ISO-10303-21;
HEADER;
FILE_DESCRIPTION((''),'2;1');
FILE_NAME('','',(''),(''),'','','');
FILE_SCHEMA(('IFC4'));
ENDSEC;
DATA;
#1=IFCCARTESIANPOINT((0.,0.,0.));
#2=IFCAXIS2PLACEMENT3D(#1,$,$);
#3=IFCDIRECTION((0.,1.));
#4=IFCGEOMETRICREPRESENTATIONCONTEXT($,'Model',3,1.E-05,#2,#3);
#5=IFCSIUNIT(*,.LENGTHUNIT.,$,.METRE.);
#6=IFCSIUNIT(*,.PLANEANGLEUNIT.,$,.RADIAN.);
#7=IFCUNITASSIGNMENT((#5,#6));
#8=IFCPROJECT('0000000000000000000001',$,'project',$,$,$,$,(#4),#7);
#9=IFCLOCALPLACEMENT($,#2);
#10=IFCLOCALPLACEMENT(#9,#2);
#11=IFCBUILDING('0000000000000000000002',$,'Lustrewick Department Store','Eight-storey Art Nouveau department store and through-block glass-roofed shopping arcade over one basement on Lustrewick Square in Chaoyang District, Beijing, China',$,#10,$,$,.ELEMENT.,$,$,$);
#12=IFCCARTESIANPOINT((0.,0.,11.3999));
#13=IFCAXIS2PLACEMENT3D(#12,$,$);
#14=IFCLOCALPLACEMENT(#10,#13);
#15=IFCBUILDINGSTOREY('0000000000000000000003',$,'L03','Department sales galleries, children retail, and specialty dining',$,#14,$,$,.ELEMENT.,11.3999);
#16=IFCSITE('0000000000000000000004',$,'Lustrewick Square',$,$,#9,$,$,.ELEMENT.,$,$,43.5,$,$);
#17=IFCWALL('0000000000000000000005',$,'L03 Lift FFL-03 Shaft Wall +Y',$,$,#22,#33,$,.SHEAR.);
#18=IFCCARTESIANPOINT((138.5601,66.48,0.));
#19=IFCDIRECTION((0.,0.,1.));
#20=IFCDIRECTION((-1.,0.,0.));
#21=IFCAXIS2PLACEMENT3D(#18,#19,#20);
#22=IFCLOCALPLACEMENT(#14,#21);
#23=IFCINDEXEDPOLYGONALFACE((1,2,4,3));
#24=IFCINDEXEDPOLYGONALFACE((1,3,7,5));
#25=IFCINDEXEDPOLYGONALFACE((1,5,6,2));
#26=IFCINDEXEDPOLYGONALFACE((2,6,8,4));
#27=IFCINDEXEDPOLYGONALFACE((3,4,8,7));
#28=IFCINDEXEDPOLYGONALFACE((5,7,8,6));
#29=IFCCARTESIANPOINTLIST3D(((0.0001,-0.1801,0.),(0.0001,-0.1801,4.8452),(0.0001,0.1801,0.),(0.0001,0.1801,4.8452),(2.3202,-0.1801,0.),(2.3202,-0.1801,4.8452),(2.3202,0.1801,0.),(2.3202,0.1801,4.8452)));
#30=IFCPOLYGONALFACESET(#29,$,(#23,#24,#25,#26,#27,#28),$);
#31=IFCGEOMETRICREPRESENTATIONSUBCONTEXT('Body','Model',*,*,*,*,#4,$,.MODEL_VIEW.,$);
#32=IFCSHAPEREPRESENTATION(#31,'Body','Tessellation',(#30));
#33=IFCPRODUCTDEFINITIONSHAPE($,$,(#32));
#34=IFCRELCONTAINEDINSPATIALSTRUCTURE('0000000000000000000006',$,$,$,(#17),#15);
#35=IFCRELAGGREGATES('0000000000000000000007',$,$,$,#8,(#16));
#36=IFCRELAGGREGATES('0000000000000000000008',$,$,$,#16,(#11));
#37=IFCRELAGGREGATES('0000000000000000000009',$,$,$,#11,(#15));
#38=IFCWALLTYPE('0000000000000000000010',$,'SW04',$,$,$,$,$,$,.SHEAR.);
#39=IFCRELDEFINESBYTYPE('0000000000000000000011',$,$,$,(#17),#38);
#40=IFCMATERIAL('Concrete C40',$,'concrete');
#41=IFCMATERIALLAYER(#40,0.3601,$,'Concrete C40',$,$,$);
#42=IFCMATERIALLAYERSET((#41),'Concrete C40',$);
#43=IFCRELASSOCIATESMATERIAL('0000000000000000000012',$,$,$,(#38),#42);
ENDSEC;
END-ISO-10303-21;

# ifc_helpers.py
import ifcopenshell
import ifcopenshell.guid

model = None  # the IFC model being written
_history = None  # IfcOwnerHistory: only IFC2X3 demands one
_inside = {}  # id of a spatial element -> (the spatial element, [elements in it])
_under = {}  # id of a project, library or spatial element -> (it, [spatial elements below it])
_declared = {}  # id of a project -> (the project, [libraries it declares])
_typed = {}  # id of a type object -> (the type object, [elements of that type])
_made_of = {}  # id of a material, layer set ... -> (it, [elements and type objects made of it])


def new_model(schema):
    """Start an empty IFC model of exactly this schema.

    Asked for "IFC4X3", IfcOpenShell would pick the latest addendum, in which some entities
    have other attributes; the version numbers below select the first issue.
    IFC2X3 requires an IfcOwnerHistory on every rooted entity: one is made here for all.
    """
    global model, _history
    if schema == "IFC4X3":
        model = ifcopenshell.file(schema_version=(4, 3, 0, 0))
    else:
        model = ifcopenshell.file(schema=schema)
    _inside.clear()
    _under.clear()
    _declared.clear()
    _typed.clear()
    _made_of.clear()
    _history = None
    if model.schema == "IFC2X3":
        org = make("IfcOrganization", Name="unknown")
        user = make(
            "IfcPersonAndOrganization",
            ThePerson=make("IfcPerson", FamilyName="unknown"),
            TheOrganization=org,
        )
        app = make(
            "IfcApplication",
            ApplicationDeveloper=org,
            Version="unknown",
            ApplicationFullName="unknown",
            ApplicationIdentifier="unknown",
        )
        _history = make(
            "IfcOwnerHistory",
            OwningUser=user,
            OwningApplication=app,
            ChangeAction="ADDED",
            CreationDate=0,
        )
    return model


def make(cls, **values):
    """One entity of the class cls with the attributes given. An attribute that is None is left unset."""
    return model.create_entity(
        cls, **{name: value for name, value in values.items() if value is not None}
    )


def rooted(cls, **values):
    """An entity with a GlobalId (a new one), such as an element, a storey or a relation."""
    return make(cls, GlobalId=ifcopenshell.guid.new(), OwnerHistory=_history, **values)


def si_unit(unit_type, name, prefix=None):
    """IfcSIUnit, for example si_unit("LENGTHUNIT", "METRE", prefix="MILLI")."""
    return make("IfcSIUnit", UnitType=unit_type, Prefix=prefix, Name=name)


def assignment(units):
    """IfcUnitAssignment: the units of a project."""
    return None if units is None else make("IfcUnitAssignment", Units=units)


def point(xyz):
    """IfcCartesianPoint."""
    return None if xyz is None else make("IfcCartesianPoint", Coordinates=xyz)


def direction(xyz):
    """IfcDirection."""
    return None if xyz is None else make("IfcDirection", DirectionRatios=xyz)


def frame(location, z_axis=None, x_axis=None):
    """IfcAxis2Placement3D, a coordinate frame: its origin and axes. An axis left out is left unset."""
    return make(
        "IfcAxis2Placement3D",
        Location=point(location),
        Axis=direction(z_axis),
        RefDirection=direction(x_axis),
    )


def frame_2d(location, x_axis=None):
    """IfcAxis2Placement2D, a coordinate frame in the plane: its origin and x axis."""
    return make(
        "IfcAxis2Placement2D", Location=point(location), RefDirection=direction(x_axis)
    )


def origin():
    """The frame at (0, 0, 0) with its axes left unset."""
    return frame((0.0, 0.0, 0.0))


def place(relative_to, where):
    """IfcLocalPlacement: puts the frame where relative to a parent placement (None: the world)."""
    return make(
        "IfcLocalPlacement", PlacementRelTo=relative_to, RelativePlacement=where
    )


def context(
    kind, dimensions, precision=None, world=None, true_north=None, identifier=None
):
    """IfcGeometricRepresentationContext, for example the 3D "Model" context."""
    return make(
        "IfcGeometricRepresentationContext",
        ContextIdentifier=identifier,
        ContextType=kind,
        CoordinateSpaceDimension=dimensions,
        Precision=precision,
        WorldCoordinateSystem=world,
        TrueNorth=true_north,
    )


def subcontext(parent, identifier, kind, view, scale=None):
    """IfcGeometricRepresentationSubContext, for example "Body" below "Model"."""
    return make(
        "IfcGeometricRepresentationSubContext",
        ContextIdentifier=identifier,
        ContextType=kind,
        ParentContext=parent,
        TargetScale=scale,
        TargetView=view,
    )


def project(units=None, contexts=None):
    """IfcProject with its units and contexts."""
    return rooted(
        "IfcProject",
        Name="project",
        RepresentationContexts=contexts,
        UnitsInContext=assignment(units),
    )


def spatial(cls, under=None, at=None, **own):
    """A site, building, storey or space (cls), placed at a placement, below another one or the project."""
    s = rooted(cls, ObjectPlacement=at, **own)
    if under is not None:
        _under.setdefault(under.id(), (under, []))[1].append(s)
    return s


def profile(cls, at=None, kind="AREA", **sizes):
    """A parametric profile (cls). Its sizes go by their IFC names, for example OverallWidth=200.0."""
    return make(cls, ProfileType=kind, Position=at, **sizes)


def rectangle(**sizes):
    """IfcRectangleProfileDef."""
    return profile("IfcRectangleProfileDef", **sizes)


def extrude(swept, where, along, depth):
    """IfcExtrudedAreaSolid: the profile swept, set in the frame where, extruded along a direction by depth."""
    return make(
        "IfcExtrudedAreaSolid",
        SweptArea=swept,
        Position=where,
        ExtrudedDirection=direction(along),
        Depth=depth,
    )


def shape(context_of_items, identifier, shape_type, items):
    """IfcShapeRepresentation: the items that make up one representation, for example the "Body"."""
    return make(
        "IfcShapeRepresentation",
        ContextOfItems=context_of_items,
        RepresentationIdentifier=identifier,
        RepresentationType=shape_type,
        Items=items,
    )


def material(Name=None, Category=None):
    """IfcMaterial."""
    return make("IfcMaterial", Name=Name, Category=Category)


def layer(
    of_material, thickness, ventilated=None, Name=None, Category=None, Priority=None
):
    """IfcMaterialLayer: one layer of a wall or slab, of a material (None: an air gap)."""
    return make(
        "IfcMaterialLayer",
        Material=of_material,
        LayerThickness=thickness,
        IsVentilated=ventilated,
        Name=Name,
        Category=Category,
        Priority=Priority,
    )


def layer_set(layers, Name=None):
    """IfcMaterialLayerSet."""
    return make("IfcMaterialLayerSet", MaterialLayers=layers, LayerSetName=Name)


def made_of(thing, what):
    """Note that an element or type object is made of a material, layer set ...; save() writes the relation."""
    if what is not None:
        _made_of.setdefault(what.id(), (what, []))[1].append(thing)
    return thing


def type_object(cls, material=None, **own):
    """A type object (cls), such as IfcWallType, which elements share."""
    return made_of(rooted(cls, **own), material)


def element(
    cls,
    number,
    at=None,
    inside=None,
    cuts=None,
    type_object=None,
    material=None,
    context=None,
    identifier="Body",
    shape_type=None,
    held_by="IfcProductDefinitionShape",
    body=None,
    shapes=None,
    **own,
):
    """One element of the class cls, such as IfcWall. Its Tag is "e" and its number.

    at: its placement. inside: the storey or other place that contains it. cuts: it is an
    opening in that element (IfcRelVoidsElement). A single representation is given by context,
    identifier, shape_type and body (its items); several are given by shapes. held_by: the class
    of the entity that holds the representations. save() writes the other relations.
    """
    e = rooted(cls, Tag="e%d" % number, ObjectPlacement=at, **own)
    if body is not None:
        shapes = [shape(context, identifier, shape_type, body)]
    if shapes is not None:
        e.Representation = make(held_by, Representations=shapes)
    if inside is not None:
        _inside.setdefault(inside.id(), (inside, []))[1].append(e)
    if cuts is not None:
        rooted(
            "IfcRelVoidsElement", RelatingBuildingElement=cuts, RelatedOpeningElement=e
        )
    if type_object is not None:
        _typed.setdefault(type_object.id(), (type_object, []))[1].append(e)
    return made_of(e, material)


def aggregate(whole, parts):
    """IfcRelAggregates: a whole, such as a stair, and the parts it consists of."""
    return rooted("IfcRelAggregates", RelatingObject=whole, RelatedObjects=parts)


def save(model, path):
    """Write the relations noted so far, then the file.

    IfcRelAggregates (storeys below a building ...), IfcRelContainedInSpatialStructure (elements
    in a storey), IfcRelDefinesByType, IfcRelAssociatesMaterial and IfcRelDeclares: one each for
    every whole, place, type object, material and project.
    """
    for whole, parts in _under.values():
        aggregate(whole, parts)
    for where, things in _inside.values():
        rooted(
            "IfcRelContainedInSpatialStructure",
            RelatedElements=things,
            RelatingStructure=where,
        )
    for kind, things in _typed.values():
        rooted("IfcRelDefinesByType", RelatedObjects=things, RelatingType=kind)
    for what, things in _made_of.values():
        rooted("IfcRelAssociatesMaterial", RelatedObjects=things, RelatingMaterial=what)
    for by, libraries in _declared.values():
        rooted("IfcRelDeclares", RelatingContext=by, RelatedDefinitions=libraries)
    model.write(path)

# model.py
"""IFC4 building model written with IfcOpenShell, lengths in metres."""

from ifc_helpers import new_model, si_unit, direction, frame, frame_2d, origin, place, context, subcontext, project, spatial, rectangle, extrude, material, layer, layer_set, type_object, element, save


model = new_model("IFC4")

# Units and contexts
model_context = context("Model", 3, precision=1e-05, world=origin(), true_north=direction((0.0, 1.0)))
body_context = subcontext(model_context, "Body", "Model", "MODEL_VIEW")
ifc_project = project(units=[si_unit("LENGTHUNIT", "METRE"), si_unit("PLANEANGLEUNIT", "RADIAN")], contexts=[model_context])

# Site, building, storey
site_placement = place(None, origin())
site = spatial("IfcSite", under=ifc_project, at=site_placement, Name="Lustrewick Square", CompositionType="ELEMENT", RefElevation=43.5)
building_placement = place(site_placement, origin())
building = spatial("IfcBuilding", under=site, at=building_placement, Name="Lustrewick Department Store", Description="Eight-storey Art Nouveau department store and through-block glass-roofed shopping arcade over one basement on Lustrewick Square in Chaoyang District, Beijing, China", CompositionType="ELEMENT")
storey_placement = place(building_placement, frame((0.0, 0.0, 11.3999)))
storey = spatial("IfcBuildingStorey", under=building, at=storey_placement, Name="L03", Description="Department sales galleries, children retail, and specialty dining", CompositionType="ELEMENT", Elevation=11.3999)

# Wall
ifc_material_1 = material(Name="Concrete C40", Category="concrete")
ifc_layer_1 = layer(ifc_material_1, 0.3601, Name="Concrete C40")
ifc_layer_set_1 = layer_set([ifc_layer_1], Name="Concrete C40")
wall_type_1 = type_object("IfcWallType", Name="SW04", PredefinedType="SHEAR", material=ifc_layer_set_1)
wall_1_placement = place(storey_placement, frame((138.5601, 66.48, 0.0), z_axis=(0.0, 0.0, 1.0), x_axis=(-1.0, 0.0, 0.0)))
element("IfcWall", 1, at=wall_1_placement, inside=storey, type_object=wall_type_1, Name="L03 Lift FFL-03 Shaft Wall +Y", PredefinedType="SHEAR", context=body_context, shape_type="SweptSolid", body=[
    extrude(rectangle(XDim=2.3201, YDim=0.3601, at=frame_2d((1.1602, 0.0))), origin(), (0.0, 0.0, 1.0), 4.8452),
])

save(model, "model.ifc")
